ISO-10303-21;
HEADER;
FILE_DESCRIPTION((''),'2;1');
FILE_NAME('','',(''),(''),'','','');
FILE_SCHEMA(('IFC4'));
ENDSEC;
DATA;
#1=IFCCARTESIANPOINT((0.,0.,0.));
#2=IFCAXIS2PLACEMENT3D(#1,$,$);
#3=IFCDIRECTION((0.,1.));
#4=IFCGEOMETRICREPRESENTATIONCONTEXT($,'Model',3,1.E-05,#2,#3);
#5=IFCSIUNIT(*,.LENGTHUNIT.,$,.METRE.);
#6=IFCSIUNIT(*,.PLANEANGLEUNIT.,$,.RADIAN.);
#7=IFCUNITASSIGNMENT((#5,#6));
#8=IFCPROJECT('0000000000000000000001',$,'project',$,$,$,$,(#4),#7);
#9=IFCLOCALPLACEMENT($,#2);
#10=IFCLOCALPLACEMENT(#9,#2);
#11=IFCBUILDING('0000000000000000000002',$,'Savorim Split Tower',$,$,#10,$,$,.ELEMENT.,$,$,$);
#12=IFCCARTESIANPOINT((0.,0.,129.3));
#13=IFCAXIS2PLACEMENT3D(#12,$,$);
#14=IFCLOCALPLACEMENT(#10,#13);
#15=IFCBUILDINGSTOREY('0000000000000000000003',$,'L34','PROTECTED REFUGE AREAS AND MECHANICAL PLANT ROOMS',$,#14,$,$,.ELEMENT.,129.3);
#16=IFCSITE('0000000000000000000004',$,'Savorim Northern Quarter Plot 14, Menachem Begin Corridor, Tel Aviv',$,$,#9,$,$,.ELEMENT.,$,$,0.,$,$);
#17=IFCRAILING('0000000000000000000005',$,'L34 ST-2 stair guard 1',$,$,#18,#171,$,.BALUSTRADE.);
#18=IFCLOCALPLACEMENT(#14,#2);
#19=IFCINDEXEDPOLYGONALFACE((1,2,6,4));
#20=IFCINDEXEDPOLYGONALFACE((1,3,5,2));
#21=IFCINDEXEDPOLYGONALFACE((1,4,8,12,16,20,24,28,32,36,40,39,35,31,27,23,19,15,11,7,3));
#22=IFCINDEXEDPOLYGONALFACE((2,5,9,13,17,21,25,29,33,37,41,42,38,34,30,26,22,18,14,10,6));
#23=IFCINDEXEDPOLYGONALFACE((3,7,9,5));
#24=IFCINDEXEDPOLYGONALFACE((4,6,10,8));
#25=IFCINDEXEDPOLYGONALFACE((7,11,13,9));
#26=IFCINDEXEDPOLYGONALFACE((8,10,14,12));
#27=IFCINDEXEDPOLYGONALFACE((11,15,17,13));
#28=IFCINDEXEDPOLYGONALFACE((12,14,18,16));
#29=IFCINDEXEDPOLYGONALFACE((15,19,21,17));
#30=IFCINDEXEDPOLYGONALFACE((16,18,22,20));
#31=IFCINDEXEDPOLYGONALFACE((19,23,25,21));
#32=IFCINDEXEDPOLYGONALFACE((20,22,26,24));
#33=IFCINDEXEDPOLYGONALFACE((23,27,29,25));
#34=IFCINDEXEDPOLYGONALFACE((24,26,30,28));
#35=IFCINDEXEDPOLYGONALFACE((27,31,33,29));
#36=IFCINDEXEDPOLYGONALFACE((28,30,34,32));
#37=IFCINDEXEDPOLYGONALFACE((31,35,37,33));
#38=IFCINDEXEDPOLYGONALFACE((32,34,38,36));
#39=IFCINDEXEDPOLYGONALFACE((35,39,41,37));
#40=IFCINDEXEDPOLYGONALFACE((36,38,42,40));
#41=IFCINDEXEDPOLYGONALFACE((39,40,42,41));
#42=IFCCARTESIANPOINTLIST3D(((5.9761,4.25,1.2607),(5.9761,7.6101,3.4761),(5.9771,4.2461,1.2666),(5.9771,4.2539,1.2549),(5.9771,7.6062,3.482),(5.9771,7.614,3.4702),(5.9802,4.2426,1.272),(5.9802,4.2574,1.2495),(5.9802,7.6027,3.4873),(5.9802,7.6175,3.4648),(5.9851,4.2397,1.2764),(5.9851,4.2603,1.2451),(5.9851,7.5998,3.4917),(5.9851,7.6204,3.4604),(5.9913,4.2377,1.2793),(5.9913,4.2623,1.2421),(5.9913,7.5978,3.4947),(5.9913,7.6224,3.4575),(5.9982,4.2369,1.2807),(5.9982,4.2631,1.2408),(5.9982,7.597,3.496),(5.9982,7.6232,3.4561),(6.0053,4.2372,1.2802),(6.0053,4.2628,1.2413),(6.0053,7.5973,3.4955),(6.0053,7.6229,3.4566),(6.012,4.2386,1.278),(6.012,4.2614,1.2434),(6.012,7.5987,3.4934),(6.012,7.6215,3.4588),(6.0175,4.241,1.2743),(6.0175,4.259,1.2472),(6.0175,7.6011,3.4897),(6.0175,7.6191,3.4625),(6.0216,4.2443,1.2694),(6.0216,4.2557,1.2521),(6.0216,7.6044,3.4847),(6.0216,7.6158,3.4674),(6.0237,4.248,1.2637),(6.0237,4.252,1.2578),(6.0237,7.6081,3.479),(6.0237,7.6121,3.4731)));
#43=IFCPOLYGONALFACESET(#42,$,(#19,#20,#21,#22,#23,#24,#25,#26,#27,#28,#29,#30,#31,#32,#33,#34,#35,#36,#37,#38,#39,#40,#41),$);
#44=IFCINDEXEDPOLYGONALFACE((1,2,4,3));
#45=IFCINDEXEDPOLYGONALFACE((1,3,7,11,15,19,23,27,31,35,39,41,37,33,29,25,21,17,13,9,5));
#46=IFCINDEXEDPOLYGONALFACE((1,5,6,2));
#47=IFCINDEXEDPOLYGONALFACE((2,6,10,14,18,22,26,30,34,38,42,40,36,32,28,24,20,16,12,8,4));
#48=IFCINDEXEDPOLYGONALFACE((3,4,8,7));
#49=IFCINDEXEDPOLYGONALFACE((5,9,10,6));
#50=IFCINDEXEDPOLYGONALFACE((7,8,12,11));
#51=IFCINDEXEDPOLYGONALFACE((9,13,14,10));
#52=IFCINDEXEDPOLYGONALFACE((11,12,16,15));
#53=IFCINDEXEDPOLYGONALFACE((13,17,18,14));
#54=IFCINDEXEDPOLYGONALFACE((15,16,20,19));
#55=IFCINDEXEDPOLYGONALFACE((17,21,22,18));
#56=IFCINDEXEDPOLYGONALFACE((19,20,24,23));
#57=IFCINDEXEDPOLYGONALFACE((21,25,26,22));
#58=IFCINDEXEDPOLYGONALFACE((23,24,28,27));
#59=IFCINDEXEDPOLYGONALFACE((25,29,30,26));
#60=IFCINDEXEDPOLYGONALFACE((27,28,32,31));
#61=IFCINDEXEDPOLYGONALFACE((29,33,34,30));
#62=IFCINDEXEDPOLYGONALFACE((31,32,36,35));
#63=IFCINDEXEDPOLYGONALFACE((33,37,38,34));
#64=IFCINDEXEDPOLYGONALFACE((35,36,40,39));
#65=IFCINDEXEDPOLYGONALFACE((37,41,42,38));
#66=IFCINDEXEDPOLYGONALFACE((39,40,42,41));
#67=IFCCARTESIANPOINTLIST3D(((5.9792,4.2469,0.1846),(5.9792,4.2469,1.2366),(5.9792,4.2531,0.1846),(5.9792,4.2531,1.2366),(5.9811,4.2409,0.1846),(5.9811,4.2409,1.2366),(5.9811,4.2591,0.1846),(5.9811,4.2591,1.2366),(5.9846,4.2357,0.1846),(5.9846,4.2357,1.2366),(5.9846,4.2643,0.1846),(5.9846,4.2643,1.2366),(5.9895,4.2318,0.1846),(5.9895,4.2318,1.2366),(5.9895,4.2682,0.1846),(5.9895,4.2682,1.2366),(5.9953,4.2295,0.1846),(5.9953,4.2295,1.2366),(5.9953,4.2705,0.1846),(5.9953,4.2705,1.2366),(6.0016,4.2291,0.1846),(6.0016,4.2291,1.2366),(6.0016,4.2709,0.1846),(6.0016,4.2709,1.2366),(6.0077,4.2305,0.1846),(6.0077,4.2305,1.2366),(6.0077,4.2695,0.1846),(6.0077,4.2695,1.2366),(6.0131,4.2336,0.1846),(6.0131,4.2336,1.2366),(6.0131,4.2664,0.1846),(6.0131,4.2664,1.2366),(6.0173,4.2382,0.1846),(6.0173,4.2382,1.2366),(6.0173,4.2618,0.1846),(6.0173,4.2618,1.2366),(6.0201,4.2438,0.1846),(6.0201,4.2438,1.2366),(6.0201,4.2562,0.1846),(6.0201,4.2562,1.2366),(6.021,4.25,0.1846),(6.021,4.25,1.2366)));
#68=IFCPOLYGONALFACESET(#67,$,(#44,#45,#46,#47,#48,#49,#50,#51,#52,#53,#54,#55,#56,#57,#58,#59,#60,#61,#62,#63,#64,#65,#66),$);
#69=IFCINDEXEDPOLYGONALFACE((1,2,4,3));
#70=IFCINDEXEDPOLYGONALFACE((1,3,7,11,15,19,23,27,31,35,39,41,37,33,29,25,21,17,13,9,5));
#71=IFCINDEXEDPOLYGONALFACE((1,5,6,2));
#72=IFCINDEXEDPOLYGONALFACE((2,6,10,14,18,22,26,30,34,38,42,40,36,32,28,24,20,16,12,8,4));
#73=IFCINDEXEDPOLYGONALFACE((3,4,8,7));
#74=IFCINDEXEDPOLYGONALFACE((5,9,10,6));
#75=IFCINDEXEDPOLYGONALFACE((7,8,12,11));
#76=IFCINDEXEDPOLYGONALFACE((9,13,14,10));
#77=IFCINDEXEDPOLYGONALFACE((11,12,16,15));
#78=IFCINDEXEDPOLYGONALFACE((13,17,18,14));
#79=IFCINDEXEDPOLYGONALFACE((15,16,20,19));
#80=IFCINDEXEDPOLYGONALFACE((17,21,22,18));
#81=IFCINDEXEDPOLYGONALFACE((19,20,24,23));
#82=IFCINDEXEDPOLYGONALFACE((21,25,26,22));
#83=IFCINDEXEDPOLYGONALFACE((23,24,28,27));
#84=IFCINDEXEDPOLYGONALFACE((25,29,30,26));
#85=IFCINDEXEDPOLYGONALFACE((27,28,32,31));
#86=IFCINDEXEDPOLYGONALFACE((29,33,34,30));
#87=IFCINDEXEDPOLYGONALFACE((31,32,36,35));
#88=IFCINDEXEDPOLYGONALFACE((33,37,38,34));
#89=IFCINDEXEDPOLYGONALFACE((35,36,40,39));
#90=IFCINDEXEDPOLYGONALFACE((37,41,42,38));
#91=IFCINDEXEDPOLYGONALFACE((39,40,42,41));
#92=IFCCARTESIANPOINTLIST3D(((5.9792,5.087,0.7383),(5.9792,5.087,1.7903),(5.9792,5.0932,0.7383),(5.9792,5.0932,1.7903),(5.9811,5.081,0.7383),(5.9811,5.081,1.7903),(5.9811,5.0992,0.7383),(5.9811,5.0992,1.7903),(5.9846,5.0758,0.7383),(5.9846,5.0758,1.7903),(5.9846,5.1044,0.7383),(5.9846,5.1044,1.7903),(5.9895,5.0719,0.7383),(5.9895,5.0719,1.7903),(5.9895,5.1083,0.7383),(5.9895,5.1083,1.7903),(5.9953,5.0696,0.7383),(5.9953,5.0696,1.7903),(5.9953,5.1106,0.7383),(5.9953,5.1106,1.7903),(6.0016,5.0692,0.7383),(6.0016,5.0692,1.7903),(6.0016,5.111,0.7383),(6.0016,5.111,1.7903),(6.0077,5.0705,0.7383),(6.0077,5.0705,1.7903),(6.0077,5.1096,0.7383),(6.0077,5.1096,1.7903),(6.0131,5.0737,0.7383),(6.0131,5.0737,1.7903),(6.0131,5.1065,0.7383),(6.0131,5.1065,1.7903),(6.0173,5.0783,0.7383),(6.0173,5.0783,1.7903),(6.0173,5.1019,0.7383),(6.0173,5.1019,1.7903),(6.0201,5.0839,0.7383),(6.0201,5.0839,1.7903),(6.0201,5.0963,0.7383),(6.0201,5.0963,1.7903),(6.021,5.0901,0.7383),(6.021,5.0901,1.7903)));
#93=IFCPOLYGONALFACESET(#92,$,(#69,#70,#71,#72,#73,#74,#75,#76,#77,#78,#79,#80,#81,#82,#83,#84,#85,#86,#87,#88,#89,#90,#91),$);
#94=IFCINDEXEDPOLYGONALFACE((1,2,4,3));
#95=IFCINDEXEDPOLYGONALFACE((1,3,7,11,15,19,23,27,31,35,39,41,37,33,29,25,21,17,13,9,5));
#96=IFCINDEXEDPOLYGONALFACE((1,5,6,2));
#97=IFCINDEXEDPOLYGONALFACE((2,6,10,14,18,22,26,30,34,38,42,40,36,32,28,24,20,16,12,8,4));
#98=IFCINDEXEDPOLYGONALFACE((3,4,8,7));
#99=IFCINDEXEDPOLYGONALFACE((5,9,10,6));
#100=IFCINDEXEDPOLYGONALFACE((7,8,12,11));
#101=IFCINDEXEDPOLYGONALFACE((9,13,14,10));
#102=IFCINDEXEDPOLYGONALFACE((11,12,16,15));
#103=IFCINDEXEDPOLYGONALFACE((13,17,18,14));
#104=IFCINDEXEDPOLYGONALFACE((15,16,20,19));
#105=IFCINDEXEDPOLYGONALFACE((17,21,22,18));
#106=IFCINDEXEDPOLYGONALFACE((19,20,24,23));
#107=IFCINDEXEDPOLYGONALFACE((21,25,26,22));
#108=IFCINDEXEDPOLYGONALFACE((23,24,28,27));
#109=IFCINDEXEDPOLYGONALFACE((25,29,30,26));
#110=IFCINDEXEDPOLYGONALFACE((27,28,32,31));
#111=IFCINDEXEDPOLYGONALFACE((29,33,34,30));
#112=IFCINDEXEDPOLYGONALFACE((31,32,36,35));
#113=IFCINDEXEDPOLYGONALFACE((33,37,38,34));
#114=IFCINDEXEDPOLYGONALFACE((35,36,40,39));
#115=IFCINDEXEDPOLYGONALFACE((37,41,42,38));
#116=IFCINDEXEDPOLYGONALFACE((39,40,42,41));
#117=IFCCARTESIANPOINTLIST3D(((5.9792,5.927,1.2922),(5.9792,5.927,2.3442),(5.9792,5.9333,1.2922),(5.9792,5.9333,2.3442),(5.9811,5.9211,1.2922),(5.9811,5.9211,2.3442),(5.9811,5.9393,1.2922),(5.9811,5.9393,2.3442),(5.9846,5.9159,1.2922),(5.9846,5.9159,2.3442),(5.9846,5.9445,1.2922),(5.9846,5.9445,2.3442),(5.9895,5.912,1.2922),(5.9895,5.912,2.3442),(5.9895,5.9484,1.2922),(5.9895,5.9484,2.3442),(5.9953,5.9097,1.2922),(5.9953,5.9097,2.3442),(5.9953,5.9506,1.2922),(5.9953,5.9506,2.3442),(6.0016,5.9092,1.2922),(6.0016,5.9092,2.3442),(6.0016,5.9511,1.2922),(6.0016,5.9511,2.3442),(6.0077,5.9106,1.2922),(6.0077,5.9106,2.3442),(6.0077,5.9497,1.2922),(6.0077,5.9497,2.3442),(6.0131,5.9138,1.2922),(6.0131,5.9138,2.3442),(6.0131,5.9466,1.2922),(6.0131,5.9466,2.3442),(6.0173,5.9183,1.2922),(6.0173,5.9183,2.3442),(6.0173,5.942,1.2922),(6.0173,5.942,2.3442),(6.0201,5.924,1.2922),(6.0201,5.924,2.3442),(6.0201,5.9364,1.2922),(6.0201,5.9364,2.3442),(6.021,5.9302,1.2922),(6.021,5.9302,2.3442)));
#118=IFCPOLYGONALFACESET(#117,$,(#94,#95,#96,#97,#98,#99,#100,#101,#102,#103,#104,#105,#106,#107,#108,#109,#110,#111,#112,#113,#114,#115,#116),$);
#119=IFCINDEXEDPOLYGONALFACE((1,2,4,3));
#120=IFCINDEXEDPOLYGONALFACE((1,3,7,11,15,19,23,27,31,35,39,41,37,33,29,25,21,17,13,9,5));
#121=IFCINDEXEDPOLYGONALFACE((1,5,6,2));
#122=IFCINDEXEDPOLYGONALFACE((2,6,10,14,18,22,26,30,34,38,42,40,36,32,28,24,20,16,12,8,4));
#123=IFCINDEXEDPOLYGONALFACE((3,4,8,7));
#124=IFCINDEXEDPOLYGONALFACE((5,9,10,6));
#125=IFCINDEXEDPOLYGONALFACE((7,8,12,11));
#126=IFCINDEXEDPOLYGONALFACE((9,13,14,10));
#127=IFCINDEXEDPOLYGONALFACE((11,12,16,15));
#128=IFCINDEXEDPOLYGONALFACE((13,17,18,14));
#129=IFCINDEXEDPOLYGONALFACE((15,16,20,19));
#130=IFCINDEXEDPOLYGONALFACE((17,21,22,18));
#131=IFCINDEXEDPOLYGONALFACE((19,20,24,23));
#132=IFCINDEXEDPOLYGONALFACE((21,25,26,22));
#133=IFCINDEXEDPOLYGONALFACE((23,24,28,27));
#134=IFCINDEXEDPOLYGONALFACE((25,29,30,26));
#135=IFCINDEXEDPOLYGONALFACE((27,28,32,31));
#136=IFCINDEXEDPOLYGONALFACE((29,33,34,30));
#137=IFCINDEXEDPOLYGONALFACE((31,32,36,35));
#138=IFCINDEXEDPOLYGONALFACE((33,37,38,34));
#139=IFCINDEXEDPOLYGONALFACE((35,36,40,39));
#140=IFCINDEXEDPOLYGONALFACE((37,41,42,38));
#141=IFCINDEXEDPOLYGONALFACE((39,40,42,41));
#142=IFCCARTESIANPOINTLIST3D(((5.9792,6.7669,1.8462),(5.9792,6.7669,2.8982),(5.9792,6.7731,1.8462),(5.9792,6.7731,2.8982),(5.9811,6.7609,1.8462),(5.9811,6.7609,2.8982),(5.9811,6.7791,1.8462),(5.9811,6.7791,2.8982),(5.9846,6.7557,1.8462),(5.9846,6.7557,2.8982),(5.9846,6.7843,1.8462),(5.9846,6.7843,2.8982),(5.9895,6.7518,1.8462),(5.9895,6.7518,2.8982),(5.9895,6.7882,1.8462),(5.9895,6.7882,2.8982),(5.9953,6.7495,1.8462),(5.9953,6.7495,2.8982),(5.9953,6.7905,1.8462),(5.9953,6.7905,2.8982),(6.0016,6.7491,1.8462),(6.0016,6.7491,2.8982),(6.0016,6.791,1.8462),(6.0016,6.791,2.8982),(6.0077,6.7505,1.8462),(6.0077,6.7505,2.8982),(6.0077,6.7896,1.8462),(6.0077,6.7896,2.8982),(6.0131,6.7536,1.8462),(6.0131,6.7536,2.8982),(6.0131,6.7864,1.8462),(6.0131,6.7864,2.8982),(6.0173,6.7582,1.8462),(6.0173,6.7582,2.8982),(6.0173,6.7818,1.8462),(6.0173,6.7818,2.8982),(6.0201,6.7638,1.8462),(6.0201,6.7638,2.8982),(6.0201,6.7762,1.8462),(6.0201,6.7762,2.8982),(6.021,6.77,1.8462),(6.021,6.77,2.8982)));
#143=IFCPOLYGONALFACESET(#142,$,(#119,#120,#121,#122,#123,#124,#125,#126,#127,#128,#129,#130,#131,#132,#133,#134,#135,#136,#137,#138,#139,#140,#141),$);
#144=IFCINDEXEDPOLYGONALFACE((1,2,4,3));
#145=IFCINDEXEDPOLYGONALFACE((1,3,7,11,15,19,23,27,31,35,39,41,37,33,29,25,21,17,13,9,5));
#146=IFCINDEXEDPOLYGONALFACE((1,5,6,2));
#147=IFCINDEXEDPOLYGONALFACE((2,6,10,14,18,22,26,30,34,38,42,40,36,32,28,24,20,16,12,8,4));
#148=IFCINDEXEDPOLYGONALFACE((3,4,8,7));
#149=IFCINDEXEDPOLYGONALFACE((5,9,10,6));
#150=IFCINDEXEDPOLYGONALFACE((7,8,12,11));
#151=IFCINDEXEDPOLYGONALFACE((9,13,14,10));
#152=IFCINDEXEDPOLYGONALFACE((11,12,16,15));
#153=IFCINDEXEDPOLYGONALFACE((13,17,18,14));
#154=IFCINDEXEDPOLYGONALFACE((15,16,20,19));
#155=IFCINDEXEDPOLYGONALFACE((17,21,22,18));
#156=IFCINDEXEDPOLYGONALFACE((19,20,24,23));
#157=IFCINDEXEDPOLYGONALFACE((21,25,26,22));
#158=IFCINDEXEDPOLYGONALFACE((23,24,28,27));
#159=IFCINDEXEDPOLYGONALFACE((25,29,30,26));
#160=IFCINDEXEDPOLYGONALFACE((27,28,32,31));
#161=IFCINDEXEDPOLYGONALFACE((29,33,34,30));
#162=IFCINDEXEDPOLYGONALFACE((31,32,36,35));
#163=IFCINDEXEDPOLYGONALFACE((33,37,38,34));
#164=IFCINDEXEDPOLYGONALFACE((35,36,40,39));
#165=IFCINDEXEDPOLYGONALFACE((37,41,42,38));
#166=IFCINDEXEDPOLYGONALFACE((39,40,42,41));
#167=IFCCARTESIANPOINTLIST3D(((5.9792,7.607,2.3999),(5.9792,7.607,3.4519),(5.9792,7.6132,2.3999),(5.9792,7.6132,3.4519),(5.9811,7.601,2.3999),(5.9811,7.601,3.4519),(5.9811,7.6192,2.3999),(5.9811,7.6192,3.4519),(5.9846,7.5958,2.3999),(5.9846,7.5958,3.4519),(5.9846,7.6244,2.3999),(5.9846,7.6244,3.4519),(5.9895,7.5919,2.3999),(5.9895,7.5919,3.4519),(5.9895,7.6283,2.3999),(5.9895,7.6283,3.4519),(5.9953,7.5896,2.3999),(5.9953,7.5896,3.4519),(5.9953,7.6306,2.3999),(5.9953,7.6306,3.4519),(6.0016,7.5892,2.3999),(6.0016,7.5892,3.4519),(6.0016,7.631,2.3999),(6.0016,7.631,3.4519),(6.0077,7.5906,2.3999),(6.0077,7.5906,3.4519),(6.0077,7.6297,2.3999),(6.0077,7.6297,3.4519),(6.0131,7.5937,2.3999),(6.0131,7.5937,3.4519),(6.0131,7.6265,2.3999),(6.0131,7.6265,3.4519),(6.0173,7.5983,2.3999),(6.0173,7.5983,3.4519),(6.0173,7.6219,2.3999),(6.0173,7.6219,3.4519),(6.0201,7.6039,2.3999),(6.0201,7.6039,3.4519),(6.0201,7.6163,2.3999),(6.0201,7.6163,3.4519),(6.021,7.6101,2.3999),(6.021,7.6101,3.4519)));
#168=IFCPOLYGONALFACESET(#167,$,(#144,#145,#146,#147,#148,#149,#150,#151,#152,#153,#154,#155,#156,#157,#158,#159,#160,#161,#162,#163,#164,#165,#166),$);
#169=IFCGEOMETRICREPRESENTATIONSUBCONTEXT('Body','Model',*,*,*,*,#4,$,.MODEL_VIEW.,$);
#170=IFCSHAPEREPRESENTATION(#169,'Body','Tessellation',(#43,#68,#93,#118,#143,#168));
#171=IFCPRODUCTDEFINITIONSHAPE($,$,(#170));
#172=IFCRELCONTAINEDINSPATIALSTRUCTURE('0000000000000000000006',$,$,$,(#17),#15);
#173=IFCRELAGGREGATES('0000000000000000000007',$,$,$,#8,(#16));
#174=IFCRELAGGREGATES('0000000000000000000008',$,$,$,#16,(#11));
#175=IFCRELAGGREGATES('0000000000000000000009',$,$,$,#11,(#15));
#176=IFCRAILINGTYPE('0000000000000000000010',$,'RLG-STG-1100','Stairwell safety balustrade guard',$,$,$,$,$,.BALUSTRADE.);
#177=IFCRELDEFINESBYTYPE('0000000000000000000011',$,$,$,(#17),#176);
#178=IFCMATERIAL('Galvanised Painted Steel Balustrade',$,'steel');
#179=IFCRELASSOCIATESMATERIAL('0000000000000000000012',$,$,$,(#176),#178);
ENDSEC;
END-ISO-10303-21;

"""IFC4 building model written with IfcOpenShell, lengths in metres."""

from ifc_helpers import new_model, si_unit, direction, frame, origin, origin_2d, place, context, subcontext, project, spatial, circle, extrude, material, type_object, element, save


model = new_model("IFC4")

# Units and contexts
model_context = context("Model", 3, precision=1e-05, world=origin(), true_north=direction((0.0, 1.0)))
body_context = subcontext(model_context, "Body", "Model", "MODEL_VIEW")
ifc_project = project(units=[si_unit("LENGTHUNIT", "METRE"), si_unit("PLANEANGLEUNIT", "RADIAN")], contexts=[model_context])

# Site, building, storey
site_placement = place(None, origin())
site = spatial("IfcSite", under=ifc_project, at=site_placement, Name="Savorim Northern Quarter Plot 14, Menachem Begin Corridor, Tel Aviv", CompositionType="ELEMENT", RefElevation=0.0)
building_placement = place(site_placement, origin())
building = spatial("IfcBuilding", under=site, at=building_placement, Name="Savorim Split Tower", CompositionType="ELEMENT")
storey_placement = place(building_placement, frame((0.0, 0.0, 129.3)))
storey = spatial("IfcBuildingStorey", under=building, at=storey_placement, Name="L34", Description="PROTECTED REFUGE AREAS AND MECHANICAL PLANT ROOMS", CompositionType="ELEMENT", Elevation=129.3)

# Shared definitions
ifc_material_1 = material(Name="Galvanised Painted Steel Balustrade", Category="steel")

# Railing
railing_type_1 = type_object("IfcRailingType", Name="RLG-STG-1100", Description="Stairwell safety balustrade guard", PredefinedType="BALUSTRADE", material=ifc_material_1)
railing_1_placement = place(storey_placement, frame((6.0, 4.25, 0.1846)))
element("IfcRailing", 1, at=railing_1_placement, inside=storey, type_object=railing_type_1, Name="L34 ST-2 stair guard 1", PredefinedType="BALUSTRADE", context=body_context, shape_type="SweptSolid", body=[
    extrude(circle(Radius=0.0239, at=origin_2d()), frame((0.0, 0.0, 1.0762), z_axis=(0.0, 0.834876, 0.550437), x_axis=(-1.0, 0.0, 0.0)), (0.0, 0.0, 1.0), 4.0247),
    extrude(circle(Radius=0.021, at=origin_2d()), origin(), (0.0, 0.0, 1.0), 1.052),
    extrude(circle(Radius=0.021, at=origin_2d()), frame((0.0, 0.8401, 0.5537)), (0.0, 0.0, 1.0), 1.052),
    extrude(circle(Radius=0.021, at=origin_2d()), frame((0.0, 1.6802, 1.1077)), (0.0, 0.0, 1.0), 1.052),
    extrude(circle(Radius=0.021, at=origin_2d()), frame((0.0, 2.52, 1.6616)), (0.0, 0.0, 1.0), 1.052),
    extrude(circle(Radius=0.021, at=origin_2d()), frame((0.0, 3.3601, 2.2153)), (0.0, 0.0, 1.0), 1.052),
])

save(model, "model.ifc")
